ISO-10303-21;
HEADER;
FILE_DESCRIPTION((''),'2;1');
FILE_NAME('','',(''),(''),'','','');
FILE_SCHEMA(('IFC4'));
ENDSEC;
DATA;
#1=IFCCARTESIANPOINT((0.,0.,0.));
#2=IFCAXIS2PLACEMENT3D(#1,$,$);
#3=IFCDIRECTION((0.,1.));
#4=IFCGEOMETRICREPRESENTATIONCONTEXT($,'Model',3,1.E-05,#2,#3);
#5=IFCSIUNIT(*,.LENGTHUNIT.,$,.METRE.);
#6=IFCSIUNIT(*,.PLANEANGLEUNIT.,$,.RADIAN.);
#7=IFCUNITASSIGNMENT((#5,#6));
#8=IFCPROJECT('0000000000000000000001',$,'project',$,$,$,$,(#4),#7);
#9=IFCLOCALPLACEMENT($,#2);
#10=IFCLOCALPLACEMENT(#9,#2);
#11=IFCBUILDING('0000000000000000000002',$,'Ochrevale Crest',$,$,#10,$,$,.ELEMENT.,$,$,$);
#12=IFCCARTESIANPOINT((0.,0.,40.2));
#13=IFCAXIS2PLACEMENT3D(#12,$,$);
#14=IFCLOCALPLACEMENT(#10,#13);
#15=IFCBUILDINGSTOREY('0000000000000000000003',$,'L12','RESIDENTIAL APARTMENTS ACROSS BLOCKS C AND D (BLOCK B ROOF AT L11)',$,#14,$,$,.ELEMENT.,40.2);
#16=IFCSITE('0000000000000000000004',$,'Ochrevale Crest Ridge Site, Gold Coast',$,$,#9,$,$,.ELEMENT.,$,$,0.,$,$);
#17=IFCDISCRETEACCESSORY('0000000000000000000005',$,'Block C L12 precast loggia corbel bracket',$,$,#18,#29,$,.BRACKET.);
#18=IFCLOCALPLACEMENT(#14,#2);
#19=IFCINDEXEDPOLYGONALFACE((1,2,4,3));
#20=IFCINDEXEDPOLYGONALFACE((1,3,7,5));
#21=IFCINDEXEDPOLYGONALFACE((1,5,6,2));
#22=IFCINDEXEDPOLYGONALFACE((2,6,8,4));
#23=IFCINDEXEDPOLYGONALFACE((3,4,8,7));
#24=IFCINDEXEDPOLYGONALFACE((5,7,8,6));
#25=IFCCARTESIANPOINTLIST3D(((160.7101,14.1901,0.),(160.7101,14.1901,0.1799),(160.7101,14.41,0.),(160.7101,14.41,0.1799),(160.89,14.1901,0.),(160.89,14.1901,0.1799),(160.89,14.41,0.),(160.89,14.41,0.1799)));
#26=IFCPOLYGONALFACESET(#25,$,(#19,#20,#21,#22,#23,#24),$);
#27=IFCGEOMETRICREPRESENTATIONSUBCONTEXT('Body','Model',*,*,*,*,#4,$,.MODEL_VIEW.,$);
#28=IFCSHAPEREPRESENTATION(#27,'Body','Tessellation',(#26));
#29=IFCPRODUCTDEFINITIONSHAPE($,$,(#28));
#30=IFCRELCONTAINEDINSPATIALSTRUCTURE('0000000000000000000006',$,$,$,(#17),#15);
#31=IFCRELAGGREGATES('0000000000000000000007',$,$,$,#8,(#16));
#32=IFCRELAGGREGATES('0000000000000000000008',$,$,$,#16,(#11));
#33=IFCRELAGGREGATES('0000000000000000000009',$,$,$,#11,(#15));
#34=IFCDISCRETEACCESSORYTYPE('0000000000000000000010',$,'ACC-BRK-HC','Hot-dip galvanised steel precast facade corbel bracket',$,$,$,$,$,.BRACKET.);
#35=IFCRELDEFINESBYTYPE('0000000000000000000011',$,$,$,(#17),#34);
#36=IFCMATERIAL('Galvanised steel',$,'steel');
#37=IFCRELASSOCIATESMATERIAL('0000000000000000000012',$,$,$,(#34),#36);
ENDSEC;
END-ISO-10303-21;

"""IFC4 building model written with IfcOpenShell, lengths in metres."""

from ifc_helpers import new_model, si_unit, direction, frame, origin, origin_2d, place, context, subcontext, project, spatial, rectangle, extrude, material, type_object, element, save


model = new_model("IFC4")

# Units and contexts
model_context = context("Model", 3, precision=1e-05, world=origin(), true_north=direction((0.0, 1.0)))
body_context = subcontext(model_context, "Body", "Model", "MODEL_VIEW")
ifc_project = project(units=[si_unit("LENGTHUNIT", "METRE"), si_unit("PLANEANGLEUNIT", "RADIAN")], contexts=[model_context])

# Site, building, storey
site_placement = place(None, origin())
site = spatial("IfcSite", under=ifc_project, at=site_placement, Name="Ochrevale Crest Ridge Site, Gold Coast", CompositionType="ELEMENT", RefElevation=0.0)
building_placement = place(site_placement, origin())
building = spatial("IfcBuilding", under=site, at=building_placement, Name="Ochrevale Crest", CompositionType="ELEMENT")
storey_placement = place(building_placement, frame((0.0, 0.0, 40.2)))
storey = spatial("IfcBuildingStorey", under=building, at=storey_placement, Name="L12", Description="RESIDENTIAL APARTMENTS ACROSS BLOCKS C AND D (BLOCK B ROOF AT L11)", CompositionType="ELEMENT", Elevation=40.2)

# Shared definitions
ifc_material_1 = material(Name="Galvanised steel", Category="steel")

# Discrete accessory
discrete_accessory_type = type_object("IfcDiscreteAccessoryType", Name="ACC-BRK-HC", Description="Hot-dip galvanised steel precast facade corbel bracket", PredefinedType="BRACKET", material=ifc_material_1)
discrete_accessory_placement = place(storey_placement, frame((160.8, 14.3, 0.0), z_axis=(0.0, 0.0, 1.0), x_axis=(1.0, 0.0, 0.0)))
element("IfcDiscreteAccessory", 1, at=discrete_accessory_placement, inside=storey, type_object=discrete_accessory_type, Name="Block C L12 precast loggia corbel bracket", PredefinedType="BRACKET", context=body_context, shape_type="SweptSolid", body=[
    extrude(rectangle(XDim=0.1799, YDim=0.22, at=origin_2d()), origin(), (0.0, 0.0, 1.0), 0.1799),
])

save(model, "model.ifc")
